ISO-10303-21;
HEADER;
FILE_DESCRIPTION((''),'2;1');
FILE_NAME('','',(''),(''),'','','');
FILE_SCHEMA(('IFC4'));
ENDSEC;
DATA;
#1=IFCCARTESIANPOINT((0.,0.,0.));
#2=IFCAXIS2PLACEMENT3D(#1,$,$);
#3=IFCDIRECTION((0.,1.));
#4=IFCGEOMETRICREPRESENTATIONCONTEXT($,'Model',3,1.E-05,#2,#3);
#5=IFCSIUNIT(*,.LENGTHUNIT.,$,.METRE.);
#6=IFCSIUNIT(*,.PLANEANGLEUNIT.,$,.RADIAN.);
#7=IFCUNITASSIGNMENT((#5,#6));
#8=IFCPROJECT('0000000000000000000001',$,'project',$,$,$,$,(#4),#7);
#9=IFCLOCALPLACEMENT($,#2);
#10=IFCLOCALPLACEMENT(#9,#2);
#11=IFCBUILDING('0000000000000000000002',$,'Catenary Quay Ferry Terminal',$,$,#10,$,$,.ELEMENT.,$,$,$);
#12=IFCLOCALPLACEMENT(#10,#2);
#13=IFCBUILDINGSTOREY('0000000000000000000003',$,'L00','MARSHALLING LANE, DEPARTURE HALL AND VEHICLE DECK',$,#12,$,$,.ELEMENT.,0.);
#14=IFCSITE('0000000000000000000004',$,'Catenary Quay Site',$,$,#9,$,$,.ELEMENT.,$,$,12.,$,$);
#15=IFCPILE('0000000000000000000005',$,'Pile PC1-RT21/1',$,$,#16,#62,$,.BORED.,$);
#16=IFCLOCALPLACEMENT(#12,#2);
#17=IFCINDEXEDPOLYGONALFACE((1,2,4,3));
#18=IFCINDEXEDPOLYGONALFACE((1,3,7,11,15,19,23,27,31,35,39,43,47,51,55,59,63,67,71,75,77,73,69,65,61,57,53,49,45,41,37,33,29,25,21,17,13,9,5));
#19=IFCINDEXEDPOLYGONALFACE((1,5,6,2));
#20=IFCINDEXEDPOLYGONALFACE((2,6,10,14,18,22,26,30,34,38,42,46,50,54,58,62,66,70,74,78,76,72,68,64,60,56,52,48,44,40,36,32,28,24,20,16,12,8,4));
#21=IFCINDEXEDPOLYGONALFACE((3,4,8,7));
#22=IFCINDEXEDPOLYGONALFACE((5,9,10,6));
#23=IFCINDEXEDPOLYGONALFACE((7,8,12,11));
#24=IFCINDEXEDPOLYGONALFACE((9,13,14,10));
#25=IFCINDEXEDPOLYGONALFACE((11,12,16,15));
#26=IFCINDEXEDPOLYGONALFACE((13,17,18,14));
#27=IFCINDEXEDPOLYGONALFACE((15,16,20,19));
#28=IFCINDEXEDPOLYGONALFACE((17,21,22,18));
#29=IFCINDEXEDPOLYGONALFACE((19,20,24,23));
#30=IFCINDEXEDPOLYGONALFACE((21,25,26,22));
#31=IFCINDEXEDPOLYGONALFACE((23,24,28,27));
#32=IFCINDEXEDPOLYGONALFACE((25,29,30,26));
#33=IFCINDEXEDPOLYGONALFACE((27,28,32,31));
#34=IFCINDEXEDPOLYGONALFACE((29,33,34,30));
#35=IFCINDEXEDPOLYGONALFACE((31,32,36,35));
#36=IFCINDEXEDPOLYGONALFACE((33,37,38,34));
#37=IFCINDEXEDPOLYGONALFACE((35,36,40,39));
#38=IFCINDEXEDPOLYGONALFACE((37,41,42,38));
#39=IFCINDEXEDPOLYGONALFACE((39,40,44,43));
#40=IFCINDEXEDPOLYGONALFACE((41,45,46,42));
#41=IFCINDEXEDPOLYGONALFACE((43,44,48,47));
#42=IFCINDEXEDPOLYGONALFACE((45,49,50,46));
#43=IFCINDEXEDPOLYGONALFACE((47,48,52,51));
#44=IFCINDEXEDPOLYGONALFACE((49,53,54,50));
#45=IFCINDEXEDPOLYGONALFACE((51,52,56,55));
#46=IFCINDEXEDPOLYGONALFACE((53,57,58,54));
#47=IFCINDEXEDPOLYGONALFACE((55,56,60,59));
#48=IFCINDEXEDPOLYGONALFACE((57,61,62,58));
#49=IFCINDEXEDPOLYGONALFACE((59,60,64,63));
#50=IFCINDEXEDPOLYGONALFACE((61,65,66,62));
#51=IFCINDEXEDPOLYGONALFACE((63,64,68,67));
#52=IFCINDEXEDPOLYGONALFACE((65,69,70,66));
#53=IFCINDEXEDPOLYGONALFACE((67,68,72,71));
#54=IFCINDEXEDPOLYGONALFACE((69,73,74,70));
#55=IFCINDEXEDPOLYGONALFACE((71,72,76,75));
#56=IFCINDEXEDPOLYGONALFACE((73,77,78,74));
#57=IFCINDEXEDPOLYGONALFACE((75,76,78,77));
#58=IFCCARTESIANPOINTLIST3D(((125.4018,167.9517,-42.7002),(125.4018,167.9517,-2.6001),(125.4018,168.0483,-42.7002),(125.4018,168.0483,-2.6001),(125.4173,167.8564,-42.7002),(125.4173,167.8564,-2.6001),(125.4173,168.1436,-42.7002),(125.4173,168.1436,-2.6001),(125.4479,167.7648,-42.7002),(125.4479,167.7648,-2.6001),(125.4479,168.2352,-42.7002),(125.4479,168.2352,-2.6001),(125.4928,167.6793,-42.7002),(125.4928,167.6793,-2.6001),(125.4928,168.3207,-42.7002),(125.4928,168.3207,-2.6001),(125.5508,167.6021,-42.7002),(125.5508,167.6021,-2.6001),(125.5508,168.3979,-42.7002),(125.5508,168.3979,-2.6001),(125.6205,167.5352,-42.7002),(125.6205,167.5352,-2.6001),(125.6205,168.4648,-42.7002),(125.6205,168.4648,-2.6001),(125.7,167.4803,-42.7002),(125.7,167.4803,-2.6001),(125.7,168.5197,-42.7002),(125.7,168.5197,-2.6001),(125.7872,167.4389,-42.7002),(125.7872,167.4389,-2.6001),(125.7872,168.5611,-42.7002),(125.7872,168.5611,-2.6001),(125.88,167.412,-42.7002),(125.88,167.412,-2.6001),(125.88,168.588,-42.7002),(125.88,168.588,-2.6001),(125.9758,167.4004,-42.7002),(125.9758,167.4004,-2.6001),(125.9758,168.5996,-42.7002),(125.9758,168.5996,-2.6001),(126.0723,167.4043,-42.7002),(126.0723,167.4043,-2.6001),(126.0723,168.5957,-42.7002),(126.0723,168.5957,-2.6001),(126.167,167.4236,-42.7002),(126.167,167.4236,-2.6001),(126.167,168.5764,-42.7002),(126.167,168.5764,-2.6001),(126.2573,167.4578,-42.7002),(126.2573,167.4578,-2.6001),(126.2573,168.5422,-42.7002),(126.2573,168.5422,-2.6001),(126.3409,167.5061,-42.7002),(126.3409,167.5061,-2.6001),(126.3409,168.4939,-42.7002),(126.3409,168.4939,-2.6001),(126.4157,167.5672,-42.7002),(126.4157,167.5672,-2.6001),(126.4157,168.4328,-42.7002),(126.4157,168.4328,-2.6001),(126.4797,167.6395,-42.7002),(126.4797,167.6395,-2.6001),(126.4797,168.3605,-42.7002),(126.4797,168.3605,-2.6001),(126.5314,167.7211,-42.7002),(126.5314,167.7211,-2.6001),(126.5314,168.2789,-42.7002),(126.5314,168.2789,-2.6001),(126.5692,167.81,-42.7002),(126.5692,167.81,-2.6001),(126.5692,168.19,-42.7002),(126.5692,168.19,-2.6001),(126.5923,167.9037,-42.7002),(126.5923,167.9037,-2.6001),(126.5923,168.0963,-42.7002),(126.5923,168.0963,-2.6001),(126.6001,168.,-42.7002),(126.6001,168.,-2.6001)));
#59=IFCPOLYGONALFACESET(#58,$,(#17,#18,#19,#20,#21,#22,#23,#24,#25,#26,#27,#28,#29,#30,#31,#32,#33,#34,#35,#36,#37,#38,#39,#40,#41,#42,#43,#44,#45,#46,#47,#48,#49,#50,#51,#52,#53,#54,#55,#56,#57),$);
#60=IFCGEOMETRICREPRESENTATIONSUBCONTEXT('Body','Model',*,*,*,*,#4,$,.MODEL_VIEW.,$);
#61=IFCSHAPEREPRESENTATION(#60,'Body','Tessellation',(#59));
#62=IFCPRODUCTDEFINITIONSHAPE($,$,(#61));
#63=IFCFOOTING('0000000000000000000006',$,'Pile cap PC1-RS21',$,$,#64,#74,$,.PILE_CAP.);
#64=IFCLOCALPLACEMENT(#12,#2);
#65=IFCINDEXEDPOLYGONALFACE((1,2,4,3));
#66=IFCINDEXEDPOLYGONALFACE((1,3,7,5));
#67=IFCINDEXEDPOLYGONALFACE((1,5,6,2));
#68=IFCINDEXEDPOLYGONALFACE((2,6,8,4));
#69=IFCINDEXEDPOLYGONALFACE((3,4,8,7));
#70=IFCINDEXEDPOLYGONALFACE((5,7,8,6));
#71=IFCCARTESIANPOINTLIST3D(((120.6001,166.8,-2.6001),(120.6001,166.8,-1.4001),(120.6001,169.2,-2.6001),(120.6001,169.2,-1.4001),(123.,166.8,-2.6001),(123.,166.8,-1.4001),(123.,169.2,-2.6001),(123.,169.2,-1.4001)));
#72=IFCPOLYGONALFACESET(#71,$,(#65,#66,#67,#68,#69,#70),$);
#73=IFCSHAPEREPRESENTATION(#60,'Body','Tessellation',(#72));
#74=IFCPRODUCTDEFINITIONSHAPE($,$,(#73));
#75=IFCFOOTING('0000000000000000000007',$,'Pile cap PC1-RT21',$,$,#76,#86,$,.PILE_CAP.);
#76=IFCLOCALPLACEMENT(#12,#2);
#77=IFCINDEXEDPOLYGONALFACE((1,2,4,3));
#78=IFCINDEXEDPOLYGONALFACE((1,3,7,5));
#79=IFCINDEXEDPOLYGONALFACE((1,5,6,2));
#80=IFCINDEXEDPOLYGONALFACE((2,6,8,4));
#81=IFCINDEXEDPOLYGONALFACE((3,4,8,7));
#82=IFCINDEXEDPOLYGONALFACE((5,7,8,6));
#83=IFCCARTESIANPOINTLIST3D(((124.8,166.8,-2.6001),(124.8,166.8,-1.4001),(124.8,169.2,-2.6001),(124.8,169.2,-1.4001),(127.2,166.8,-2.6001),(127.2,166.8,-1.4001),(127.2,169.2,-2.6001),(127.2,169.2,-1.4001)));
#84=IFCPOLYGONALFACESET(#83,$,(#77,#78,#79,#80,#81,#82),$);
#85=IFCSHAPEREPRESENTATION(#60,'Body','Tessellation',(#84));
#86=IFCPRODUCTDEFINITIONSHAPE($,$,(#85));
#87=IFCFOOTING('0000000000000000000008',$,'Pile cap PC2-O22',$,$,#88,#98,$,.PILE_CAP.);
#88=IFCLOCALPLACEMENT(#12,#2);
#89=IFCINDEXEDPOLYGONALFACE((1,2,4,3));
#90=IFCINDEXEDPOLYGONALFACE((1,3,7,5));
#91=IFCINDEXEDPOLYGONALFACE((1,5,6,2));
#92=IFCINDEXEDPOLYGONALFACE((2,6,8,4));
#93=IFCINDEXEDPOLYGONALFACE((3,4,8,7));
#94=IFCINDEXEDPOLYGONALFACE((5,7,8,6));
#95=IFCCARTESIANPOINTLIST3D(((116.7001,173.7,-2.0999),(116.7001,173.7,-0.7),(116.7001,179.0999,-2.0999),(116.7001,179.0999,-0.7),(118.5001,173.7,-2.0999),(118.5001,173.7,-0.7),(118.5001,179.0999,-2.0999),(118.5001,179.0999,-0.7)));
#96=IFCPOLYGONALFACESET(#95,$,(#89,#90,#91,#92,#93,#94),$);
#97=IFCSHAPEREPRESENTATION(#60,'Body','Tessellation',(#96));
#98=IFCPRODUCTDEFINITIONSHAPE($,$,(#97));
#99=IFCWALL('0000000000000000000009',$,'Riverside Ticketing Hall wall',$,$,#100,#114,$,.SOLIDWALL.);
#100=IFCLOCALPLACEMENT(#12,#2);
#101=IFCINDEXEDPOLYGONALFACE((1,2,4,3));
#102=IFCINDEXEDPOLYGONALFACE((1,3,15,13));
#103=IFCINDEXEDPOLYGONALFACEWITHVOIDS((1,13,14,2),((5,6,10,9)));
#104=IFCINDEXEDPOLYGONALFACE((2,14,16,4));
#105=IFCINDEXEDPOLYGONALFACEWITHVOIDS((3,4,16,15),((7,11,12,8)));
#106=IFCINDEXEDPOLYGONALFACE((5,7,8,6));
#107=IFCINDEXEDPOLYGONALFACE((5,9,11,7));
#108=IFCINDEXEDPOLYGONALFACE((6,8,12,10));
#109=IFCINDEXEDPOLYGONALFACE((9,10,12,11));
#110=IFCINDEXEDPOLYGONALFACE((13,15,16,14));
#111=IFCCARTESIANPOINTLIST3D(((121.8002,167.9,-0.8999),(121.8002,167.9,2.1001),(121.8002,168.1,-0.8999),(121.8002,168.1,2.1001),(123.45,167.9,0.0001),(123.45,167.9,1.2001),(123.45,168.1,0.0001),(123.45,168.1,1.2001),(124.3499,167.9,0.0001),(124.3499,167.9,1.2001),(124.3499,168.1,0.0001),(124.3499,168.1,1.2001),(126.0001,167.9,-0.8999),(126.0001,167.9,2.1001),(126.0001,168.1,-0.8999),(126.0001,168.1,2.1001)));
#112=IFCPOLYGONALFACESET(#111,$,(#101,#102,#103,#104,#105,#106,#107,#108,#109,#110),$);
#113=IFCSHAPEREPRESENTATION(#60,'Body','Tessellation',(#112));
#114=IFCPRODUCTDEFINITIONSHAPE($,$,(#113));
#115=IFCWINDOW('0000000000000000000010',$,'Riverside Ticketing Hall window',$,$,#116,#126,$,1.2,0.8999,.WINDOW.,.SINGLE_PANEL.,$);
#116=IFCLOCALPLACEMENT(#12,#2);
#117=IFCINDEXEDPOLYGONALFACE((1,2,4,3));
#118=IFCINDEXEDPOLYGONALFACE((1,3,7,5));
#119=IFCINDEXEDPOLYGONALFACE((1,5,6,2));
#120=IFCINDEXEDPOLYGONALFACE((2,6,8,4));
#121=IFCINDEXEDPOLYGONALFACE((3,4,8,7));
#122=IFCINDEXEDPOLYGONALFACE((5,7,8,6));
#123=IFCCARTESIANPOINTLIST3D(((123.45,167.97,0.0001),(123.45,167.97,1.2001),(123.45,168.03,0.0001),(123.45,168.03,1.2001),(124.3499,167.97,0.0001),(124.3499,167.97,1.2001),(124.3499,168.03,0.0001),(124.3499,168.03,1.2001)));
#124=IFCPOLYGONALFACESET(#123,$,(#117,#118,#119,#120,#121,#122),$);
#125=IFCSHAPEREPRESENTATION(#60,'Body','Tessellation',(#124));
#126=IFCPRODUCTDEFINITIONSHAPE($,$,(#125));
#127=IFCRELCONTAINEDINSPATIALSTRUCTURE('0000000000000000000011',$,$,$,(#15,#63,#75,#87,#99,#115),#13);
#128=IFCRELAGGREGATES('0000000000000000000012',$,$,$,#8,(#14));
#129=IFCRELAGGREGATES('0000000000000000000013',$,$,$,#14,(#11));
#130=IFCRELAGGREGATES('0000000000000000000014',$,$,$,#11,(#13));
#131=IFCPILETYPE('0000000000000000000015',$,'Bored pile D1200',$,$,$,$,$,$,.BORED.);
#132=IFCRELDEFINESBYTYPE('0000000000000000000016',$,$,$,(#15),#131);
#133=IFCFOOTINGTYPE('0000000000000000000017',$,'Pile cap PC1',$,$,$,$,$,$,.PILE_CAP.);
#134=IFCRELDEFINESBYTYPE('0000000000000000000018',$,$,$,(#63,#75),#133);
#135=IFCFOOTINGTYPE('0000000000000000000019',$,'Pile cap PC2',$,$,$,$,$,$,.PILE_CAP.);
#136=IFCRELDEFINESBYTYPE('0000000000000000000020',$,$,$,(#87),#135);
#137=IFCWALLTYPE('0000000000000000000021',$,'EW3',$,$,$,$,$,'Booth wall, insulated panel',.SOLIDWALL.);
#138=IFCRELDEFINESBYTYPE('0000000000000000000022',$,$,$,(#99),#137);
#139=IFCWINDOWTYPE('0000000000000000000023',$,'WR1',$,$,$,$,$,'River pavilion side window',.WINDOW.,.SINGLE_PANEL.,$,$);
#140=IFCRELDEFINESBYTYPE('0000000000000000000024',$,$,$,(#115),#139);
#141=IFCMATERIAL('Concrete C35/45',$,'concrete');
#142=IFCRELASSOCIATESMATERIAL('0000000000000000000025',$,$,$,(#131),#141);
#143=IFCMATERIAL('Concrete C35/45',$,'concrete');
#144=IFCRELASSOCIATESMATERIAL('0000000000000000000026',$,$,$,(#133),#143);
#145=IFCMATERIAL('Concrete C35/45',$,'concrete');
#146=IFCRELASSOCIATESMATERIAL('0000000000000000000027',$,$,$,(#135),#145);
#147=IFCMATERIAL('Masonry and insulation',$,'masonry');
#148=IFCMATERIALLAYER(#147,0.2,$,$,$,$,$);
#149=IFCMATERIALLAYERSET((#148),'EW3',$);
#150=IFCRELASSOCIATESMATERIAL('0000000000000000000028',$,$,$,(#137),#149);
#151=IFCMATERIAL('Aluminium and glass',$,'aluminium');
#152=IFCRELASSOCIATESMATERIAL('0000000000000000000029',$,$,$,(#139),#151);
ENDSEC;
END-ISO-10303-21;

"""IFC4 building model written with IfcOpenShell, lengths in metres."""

from ifc_helpers import new_model, si_unit, direction, frame, frame_2d, origin, origin_2d, place, context, subcontext, project, spatial, rectangle, circle, extrude, material, layer, layer_set, material_profile, profile_set, type_object, element, fill, save


model = new_model("IFC4")

# Units and contexts
model_context = context("Model", 3, precision=1e-05, world=origin(), true_north=direction((0.0, 1.0)))
body_context = subcontext(model_context, "Body", "Model", "MODEL_VIEW")
ifc_project = project(units=[si_unit("LENGTHUNIT", "METRE"), si_unit("PLANEANGLEUNIT", "RADIAN")], contexts=[model_context])

# Site, building, storey
site_placement = place(None, origin())
site = spatial("IfcSite", under=ifc_project, at=site_placement, Name="Catenary Quay Site", CompositionType="ELEMENT", RefElevation=12.0)
building_placement = place(site_placement, origin())
building = spatial("IfcBuilding", under=site, at=building_placement, Name="Catenary Quay Ferry Terminal", CompositionType="ELEMENT")
storey_placement = place(building_placement, origin())
storey = spatial("IfcBuildingStorey", under=building, at=storey_placement, Name="L00", Description="MARSHALLING LANE, DEPARTURE HALL AND VEHICLE DECK", CompositionType="ELEMENT", Elevation=0.0)

# Pile
ifc_material_1 = material(Name="Concrete C35/45", Category="concrete")
ifc_material_profile = material_profile(ifc_material_1, circle(Radius=0.6001, at=origin_2d()), Name="D1200")
ifc_profile_set = profile_set([ifc_material_profile], Name="Concrete C35/45")
pile_type = type_object("IfcPileType", Name="Bored pile D1200", PredefinedType="BORED", material=ifc_profile_set)
for number, where, z_axis, x_axis, name in (
    (1, (126.0, 168.0, -2.6001), (0.0, 0.0, -1.0), (1.0, 0.0, 0.0), "Pile PC1-RT21/1"),
):
    element("IfcPile", number, at=place(storey_placement, frame(where, z_axis=z_axis, x_axis=x_axis)), inside=storey, type_object=pile_type, Name=name, PredefinedType="BORED", context=body_context, shape_type="SweptSolid", body=[
        extrude(circle(Radius=0.6001, at=origin_2d()), origin(), (0.0, 0.0, 1.0), 40.1001),
    ])

# Footings
ifc_material_2 = material(Name="Concrete C35/45", Category="concrete")
footing_type_1 = type_object("IfcFootingType", Name="Pile cap PC1", PredefinedType="PILE_CAP", material=ifc_material_2)
for number, where, z_axis, x_axis, name in (
    (2, (121.8, 168.0, -2.6001), (0.0, 0.0, 1.0), (1.0, 0.0, 0.0), "Pile cap PC1-RS21"),
    (3, (126.0, 168.0, -2.6001), (0.0, 0.0, 1.0), (1.0, 0.0, 0.0), "Pile cap PC1-RT21"),
):
    element("IfcFooting", number, at=place(storey_placement, frame(where, z_axis=z_axis, x_axis=x_axis)), inside=storey, type_object=footing_type_1, Name=name, PredefinedType="PILE_CAP", context=body_context, shape_type="SweptSolid", body=[
        extrude(rectangle(XDim=2.3999, YDim=2.3999, at=origin_2d()), origin(), (0.0, 0.0, 1.0), 1.2),
    ])
ifc_material_3 = material(Name="Concrete C35/45", Category="concrete")
footing_type_2 = type_object("IfcFootingType", Name="Pile cap PC2", PredefinedType="PILE_CAP", material=ifc_material_3)
footing_placement = place(storey_placement, frame((117.6001, 176.3999, -2.0999), z_axis=(0.0, 0.0, 1.0), x_axis=(1.0, 0.0, 0.0)))
element("IfcFooting", 4, at=footing_placement, inside=storey, type_object=footing_type_2, Name="Pile cap PC2-O22", PredefinedType="PILE_CAP", context=body_context, shape_type="SweptSolid", body=[
    extrude(rectangle(XDim=1.8, YDim=5.3999, at=origin_2d()), origin(), (0.0, 0.0, 1.0), 1.3999),
])

# Wall, opening, window
ifc_material_4 = material(Name="Masonry and insulation", Category="masonry")
ifc_layer_1 = layer(ifc_material_4, 0.2)
ifc_layer_set_1 = layer_set([ifc_layer_1], Name="EW3")
wall_type = type_object("IfcWallType", Name="EW3", ElementType="Booth wall, insulated panel", PredefinedType="SOLIDWALL", material=ifc_layer_set_1)
wall_placement = place(storey_placement, frame((121.8, 168.0, -0.8999), z_axis=(0.0, 0.0, 1.0), x_axis=(1.0, 0.0, 0.0)))
wall = element("IfcWall", 5, at=wall_placement, inside=storey, type_object=wall_type, Name="Riverside Ticketing Hall wall", PredefinedType="SOLIDWALL", context=body_context, shape_type="SweptSolid", body=[
    extrude(rectangle(XDim=4.2, YDim=0.2, at=frame_2d((2.1001, 0.0))), origin(), (0.0, 0.0, 1.0), 3.0),
])
opening_placement = place(wall_placement, frame((1.6499, 0.0, 0.8999)))
opening = element("IfcOpeningElement", 6, at=opening_placement, cuts=wall, PredefinedType="OPENING", context=body_context, shape_type="SweptSolid", body=[
    extrude(rectangle(XDim=0.8999, YDim=1.2, at=frame_2d((0.45, 0.6001))), frame((0.0, 0.1099, 0.0), z_axis=(0.0, -1.0, 0.0), x_axis=(1.0, 0.0, 0.0)), (0.0, 0.0, 1.0), 0.22),
])
ifc_material_5 = material(Name="Aluminium and glass", Category="aluminium")
window_type = type_object("IfcWindowType", Name="WR1", ElementType="River pavilion side window", PartitioningType="SINGLE_PANEL", PredefinedType="WINDOW", material=ifc_material_5)
window_placement = place(opening_placement, origin())
window = element("IfcWindow", 7, at=window_placement, inside=storey, type_object=window_type, Name="Riverside Ticketing Hall window", OverallHeight=1.2, OverallWidth=0.8999, PartitioningType="SINGLE_PANEL", PredefinedType="WINDOW", context=body_context, shape_type="SweptSolid", body=[
    extrude(rectangle(XDim=0.8999, YDim=1.2, at=frame_2d((0.45, 0.6001))), frame((0.0, 0.03, 0.0), z_axis=(0.0, -1.0, 0.0), x_axis=(1.0, 0.0, 0.0)), (0.0, 0.0, 1.0), 0.0601),
])
fill(opening, window)

save(model, "model.ifc")
